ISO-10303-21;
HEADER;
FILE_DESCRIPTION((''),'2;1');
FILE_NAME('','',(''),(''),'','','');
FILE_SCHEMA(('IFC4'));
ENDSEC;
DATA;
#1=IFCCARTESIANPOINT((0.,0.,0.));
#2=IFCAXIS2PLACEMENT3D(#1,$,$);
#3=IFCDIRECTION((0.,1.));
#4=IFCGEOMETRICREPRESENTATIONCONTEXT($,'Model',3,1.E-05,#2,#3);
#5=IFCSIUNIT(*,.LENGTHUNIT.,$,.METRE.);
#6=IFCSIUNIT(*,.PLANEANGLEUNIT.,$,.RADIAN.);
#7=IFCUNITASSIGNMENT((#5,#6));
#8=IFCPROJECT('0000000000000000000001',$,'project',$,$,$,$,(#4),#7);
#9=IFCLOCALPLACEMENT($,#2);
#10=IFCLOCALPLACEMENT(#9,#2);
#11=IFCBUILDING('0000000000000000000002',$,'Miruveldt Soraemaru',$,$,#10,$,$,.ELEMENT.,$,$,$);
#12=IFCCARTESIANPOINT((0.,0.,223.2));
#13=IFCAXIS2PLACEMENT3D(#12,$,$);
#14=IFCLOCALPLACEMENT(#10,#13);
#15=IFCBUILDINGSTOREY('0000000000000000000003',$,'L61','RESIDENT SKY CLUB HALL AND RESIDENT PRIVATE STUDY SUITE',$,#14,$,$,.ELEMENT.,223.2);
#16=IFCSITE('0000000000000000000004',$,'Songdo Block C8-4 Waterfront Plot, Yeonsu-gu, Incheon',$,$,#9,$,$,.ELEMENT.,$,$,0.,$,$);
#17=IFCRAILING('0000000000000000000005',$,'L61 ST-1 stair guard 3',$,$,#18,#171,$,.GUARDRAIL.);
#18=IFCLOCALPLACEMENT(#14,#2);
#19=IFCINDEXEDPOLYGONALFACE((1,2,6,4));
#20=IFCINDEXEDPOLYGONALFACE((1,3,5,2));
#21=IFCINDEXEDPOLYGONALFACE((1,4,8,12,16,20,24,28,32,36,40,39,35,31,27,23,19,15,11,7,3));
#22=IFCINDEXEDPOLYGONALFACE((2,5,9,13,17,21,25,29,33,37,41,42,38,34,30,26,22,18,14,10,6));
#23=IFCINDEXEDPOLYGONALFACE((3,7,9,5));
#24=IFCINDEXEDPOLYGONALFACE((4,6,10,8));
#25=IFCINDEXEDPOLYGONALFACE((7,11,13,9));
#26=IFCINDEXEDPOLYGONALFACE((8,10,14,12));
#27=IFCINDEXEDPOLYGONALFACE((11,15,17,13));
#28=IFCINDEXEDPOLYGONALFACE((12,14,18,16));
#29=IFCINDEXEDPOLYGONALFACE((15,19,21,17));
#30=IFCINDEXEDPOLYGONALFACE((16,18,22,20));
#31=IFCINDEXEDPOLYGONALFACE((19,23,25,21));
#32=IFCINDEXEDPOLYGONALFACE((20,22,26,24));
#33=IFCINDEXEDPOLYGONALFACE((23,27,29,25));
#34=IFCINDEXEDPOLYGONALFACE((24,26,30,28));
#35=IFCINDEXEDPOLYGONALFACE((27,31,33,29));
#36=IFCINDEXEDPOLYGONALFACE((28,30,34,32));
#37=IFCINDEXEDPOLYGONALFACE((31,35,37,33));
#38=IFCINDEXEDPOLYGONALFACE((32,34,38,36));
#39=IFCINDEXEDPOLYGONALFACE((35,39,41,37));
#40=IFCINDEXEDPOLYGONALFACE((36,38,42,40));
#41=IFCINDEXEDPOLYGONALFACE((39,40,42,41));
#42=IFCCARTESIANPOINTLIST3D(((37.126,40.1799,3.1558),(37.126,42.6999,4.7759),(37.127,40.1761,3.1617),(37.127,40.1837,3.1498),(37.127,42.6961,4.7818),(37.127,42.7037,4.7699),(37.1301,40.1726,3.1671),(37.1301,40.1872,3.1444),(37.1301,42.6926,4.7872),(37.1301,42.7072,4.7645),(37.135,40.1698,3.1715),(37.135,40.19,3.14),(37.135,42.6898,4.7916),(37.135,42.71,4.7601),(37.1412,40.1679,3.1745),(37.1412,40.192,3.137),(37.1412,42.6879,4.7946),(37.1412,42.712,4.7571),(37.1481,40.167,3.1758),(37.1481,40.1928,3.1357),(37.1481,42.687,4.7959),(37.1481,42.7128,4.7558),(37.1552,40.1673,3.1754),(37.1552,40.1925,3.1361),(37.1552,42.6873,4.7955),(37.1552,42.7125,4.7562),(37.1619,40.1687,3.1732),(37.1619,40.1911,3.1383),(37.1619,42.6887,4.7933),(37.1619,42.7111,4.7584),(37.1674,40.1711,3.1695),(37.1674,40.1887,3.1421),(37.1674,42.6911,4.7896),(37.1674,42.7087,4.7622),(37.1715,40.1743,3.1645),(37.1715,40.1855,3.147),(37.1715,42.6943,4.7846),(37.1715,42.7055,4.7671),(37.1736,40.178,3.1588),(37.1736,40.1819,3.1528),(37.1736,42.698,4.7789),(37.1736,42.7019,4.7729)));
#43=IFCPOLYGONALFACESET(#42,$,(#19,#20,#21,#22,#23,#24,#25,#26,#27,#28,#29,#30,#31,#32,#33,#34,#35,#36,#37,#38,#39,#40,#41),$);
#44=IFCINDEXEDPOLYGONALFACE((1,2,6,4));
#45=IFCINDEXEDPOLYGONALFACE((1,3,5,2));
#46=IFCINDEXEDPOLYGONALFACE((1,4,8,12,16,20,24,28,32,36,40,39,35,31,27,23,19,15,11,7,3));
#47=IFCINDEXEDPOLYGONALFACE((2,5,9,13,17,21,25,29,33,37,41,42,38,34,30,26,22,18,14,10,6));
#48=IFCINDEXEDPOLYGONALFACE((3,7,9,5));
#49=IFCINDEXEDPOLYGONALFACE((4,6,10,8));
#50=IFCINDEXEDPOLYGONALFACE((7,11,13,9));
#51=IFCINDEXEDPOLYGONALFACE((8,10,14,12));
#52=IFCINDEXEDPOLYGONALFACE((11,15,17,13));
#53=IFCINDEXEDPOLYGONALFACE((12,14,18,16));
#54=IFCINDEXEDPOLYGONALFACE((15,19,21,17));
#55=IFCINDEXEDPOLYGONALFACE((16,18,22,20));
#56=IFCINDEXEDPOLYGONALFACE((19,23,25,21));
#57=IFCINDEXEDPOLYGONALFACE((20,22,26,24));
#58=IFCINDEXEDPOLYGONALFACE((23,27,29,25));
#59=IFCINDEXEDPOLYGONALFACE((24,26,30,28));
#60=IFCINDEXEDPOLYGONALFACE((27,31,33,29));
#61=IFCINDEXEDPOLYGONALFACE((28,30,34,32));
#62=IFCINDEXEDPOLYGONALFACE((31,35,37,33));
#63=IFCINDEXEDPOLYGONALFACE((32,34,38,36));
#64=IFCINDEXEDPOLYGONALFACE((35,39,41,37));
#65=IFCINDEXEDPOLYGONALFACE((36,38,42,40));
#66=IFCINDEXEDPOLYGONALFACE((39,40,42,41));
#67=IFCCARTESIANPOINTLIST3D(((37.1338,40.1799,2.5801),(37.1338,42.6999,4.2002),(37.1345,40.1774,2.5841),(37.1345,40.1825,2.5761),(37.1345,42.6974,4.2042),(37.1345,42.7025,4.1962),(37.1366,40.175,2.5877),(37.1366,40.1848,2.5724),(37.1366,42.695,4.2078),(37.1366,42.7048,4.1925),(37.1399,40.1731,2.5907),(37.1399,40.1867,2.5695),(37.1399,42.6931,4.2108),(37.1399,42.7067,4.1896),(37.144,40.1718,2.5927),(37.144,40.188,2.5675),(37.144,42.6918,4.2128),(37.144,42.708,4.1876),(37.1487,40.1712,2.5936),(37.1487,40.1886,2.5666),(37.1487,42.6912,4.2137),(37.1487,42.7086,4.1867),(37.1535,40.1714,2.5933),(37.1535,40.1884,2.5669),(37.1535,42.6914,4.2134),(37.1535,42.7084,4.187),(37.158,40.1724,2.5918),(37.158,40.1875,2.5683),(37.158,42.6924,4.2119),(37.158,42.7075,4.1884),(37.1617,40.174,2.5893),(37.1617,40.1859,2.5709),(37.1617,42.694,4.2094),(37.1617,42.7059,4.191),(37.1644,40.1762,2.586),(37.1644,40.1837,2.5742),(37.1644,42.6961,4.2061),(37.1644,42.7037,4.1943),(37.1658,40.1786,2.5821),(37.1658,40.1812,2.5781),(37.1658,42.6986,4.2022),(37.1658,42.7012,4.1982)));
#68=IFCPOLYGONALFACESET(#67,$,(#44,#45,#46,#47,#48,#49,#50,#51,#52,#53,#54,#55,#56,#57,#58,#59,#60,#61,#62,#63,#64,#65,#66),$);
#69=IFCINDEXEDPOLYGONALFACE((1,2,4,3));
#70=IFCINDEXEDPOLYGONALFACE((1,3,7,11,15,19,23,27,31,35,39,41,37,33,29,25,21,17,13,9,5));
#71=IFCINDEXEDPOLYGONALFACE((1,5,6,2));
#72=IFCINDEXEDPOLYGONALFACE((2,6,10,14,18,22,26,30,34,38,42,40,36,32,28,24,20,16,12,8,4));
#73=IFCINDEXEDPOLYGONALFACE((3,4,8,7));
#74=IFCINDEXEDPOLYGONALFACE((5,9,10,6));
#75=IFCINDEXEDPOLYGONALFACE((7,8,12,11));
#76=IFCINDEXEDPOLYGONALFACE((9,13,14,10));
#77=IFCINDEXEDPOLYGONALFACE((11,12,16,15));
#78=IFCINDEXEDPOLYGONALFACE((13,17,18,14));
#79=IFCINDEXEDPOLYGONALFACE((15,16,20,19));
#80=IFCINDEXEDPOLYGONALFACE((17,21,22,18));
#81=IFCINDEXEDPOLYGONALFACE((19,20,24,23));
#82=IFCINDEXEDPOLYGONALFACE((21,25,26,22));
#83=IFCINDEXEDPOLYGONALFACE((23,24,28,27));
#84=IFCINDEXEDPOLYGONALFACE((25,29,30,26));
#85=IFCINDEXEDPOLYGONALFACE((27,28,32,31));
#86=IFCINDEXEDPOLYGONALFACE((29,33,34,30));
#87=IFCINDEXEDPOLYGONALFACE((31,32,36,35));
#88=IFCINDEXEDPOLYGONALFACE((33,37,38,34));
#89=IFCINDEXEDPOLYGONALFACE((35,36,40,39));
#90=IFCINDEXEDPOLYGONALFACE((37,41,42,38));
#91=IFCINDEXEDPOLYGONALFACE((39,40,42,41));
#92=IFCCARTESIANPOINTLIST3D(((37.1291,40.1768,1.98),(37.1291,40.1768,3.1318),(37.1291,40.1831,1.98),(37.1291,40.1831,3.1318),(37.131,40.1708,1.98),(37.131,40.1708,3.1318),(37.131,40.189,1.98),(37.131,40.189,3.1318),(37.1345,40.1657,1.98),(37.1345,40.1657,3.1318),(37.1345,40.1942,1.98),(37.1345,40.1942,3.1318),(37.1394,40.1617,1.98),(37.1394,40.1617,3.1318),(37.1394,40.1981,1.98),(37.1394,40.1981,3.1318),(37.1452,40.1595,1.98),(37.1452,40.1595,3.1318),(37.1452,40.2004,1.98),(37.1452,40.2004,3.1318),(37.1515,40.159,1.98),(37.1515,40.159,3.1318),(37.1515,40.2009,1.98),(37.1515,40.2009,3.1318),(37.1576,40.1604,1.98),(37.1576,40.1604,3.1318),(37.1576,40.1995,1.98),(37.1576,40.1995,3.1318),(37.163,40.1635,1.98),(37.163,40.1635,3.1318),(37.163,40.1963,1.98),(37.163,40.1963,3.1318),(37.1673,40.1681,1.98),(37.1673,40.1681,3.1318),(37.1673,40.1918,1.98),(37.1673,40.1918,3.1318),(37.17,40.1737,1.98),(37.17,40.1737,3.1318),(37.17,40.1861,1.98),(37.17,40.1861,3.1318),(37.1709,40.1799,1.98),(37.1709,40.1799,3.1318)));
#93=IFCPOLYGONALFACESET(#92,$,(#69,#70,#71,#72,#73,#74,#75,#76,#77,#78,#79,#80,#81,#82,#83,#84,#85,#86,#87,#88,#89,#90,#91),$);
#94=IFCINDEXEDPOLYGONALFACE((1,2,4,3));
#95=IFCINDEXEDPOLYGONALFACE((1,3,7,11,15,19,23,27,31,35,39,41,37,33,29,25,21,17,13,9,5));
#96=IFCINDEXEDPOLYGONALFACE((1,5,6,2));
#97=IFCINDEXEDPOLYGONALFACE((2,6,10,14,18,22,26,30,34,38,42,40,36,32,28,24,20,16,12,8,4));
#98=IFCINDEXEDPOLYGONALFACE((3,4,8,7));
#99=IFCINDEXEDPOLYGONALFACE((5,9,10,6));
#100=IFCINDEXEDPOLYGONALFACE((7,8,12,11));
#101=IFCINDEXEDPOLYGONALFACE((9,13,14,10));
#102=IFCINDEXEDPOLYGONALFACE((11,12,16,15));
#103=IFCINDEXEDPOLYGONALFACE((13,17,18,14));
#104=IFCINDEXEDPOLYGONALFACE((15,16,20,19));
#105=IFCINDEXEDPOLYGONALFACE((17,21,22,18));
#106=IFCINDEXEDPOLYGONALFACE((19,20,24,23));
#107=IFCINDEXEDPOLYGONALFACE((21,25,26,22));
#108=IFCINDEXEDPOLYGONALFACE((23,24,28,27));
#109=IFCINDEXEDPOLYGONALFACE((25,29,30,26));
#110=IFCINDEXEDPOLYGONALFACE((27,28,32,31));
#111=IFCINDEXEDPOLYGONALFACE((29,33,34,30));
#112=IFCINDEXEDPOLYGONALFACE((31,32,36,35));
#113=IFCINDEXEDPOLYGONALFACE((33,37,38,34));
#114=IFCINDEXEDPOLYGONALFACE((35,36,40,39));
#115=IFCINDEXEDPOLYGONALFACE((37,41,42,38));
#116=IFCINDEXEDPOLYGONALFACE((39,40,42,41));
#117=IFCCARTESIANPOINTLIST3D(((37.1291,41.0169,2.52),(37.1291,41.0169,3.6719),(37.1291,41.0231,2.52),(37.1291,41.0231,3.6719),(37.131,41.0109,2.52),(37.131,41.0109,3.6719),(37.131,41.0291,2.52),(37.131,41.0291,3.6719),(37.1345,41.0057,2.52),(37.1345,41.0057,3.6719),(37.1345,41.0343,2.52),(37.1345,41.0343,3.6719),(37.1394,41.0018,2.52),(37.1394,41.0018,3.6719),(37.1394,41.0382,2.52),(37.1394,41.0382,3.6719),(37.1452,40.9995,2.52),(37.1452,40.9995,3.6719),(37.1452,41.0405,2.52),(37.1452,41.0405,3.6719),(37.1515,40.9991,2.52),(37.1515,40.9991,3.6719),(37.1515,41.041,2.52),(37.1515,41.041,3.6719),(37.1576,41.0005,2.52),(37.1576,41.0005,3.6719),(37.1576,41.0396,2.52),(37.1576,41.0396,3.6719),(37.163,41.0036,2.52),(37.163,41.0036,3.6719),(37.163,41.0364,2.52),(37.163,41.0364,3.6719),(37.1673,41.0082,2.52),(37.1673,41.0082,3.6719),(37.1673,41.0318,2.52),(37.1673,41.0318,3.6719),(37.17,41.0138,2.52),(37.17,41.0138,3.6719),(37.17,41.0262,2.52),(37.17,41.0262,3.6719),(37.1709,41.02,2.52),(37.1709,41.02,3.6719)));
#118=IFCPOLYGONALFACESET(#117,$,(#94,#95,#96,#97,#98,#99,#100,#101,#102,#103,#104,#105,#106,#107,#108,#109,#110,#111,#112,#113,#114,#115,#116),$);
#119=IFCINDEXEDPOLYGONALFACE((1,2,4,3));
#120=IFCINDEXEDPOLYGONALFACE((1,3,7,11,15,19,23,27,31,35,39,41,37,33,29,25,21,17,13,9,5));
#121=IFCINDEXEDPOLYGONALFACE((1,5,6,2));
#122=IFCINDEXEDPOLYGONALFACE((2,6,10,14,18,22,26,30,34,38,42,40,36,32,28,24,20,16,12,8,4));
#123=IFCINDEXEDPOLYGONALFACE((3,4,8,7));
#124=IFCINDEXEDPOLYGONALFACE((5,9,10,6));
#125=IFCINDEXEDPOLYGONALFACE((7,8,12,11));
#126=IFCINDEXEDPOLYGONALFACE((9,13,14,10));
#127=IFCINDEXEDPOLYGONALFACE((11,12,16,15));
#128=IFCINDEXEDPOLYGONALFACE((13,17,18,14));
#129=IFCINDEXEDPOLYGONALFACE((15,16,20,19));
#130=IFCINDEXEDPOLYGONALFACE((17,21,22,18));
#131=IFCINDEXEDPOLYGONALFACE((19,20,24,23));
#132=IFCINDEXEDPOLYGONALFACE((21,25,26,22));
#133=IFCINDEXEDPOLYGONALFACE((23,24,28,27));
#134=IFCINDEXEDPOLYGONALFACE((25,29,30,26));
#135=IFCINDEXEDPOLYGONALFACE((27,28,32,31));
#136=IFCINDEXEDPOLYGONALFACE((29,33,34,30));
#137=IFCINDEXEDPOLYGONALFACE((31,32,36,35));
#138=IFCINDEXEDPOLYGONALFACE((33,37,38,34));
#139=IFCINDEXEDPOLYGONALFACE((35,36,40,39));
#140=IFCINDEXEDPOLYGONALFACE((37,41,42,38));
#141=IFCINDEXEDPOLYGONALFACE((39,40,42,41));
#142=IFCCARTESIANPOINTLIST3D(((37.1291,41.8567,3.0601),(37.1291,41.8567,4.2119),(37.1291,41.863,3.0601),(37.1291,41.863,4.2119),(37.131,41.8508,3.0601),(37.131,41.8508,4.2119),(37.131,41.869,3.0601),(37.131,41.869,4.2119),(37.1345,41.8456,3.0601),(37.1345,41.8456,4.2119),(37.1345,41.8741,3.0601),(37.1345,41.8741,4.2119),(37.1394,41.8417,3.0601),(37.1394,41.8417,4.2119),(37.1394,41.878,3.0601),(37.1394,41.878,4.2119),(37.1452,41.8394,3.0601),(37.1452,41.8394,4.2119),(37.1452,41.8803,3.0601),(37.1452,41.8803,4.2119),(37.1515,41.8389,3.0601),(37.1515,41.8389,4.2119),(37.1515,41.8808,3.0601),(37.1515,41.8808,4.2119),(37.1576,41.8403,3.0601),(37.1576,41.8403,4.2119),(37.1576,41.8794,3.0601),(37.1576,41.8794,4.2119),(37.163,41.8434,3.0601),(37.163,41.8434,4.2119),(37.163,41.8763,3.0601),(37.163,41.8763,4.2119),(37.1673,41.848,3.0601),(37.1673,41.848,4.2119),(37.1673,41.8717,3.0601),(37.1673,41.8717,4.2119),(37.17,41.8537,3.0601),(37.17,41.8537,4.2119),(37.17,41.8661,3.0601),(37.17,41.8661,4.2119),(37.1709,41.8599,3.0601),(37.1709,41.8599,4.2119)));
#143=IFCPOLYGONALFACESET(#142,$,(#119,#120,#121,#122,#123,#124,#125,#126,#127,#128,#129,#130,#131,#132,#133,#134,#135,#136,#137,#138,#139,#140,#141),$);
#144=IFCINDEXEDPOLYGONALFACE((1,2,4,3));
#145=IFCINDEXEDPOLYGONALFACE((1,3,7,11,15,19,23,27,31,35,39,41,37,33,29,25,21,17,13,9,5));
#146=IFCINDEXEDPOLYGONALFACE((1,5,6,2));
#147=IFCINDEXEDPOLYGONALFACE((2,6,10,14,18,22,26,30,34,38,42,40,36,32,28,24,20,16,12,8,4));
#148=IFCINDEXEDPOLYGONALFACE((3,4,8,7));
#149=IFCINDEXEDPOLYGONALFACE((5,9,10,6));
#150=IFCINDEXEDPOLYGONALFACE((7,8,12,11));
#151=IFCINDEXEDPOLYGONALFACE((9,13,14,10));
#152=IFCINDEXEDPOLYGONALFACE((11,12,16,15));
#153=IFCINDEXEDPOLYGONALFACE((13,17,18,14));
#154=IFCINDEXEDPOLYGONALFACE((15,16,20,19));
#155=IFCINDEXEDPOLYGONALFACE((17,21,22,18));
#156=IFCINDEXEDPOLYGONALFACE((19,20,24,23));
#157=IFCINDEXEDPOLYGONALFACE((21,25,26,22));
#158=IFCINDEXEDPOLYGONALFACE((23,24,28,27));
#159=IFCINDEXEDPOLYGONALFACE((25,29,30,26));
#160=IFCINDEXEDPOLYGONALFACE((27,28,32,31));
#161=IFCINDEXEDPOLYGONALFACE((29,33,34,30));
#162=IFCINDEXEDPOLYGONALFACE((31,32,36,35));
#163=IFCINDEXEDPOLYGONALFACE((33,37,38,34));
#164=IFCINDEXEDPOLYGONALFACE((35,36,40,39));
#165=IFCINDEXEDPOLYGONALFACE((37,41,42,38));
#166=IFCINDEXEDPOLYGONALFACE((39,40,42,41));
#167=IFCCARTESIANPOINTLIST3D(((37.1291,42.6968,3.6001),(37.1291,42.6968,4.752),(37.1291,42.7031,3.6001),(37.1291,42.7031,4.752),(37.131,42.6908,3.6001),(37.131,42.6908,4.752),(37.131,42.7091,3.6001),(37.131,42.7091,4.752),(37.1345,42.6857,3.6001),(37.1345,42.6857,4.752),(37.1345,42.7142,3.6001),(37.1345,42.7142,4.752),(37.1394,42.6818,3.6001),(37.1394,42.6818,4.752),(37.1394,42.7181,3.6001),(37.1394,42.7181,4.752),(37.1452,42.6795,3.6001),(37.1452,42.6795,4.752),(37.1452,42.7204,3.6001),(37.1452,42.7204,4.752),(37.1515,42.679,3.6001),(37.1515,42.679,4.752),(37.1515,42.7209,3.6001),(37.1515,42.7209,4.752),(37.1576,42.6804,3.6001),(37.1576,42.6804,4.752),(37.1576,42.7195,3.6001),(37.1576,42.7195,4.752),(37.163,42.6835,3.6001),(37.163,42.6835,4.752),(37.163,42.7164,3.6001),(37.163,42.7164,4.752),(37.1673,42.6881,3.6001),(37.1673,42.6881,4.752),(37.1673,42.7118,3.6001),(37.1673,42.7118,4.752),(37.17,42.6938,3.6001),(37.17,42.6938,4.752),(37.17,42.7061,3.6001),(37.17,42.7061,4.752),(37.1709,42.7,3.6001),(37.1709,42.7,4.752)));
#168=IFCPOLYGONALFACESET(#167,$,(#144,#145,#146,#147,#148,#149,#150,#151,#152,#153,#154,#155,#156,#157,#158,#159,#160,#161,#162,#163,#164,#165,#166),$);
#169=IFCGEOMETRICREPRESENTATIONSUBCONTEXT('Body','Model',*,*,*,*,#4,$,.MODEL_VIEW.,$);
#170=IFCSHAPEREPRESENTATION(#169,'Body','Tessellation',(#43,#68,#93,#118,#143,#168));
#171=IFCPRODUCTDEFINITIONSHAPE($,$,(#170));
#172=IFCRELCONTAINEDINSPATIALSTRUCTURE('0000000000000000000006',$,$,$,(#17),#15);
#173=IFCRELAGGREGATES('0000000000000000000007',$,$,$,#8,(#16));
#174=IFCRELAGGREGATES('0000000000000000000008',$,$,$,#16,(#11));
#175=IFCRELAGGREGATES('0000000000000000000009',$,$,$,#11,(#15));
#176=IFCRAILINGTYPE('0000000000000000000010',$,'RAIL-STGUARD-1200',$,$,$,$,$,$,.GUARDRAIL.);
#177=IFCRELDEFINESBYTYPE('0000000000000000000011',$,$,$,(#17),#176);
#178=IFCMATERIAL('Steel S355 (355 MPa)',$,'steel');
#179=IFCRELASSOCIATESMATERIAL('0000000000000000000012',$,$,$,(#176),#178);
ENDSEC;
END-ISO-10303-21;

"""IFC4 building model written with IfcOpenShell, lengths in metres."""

from ifc_helpers import new_model, si_unit, direction, frame, origin, origin_2d, place, context, subcontext, project, spatial, circle, extrude, material, type_object, element, save


model = new_model("IFC4")

# Units and contexts
model_context = context("Model", 3, precision=1e-05, world=origin(), true_north=direction((0.0, 1.0)))
body_context = subcontext(model_context, "Body", "Model", "MODEL_VIEW")
ifc_project = project(units=[si_unit("LENGTHUNIT", "METRE"), si_unit("PLANEANGLEUNIT", "RADIAN")], contexts=[model_context])

# Site, building, storey
site_placement = place(None, origin())
site = spatial("IfcSite", under=ifc_project, at=site_placement, Name="Songdo Block C8-4 Waterfront Plot, Yeonsu-gu, Incheon", CompositionType="ELEMENT", RefElevation=0.0)
building_placement = place(site_placement, origin())
building = spatial("IfcBuilding", under=site, at=building_placement, Name="Miruveldt Soraemaru", CompositionType="ELEMENT")
storey_placement = place(building_placement, frame((0.0, 0.0, 223.2)))
storey = spatial("IfcBuildingStorey", under=building, at=storey_placement, Name="L61", Description="RESIDENT SKY CLUB HALL AND RESIDENT PRIVATE STUDY SUITE", CompositionType="ELEMENT", Elevation=223.2)

# Railing
ifc_material_1 = material(Name="Steel S355 (355 MPa)", Category="steel")
railing_type_1 = type_object("IfcRailingType", Name="RAIL-STGUARD-1200", PredefinedType="GUARDRAIL", material=ifc_material_1)
railing_1_placement = place(storey_placement, frame((37.1499, 40.1799, 1.98)))
element("IfcRailing", 1, at=railing_1_placement, inside=storey, type_object=railing_type_1, Name="L61 ST-1 stair guard 3", PredefinedType="GUARDRAIL", context=body_context, shape_type="SweptSolid", body=[
    extrude(circle(Radius=0.0239, at=origin_2d()), frame((0.0, 0.0, 1.1758), z_axis=(0.0, 0.841163, 0.540782), x_axis=(-1.0, 0.0, 0.0)), (0.0, 0.0, 1.0), 2.9958),
    extrude(circle(Radius=0.0161, at=origin_2d()), frame((0.0, 0.0, 0.6001), z_axis=(0.0, 0.841163, 0.540782), x_axis=(-1.0, 0.0, 0.0)), (0.0, 0.0, 1.0), 2.9958),
    extrude(circle(Radius=0.021, at=origin_2d()), origin(), (0.0, 0.0, 1.0), 1.1519),
    extrude(circle(Radius=0.021, at=origin_2d()), frame((0.0, 0.8401, 0.54)), (0.0, 0.0, 1.0), 1.1519),
    extrude(circle(Radius=0.021, at=origin_2d()), frame((0.0, 1.6799, 1.0801)), (0.0, 0.0, 1.0), 1.1519),
    extrude(circle(Radius=0.021, at=origin_2d()), frame((0.0, 2.52, 1.6201)), (0.0, 0.0, 1.0), 1.1519),
])

save(model, "model.ifc")
